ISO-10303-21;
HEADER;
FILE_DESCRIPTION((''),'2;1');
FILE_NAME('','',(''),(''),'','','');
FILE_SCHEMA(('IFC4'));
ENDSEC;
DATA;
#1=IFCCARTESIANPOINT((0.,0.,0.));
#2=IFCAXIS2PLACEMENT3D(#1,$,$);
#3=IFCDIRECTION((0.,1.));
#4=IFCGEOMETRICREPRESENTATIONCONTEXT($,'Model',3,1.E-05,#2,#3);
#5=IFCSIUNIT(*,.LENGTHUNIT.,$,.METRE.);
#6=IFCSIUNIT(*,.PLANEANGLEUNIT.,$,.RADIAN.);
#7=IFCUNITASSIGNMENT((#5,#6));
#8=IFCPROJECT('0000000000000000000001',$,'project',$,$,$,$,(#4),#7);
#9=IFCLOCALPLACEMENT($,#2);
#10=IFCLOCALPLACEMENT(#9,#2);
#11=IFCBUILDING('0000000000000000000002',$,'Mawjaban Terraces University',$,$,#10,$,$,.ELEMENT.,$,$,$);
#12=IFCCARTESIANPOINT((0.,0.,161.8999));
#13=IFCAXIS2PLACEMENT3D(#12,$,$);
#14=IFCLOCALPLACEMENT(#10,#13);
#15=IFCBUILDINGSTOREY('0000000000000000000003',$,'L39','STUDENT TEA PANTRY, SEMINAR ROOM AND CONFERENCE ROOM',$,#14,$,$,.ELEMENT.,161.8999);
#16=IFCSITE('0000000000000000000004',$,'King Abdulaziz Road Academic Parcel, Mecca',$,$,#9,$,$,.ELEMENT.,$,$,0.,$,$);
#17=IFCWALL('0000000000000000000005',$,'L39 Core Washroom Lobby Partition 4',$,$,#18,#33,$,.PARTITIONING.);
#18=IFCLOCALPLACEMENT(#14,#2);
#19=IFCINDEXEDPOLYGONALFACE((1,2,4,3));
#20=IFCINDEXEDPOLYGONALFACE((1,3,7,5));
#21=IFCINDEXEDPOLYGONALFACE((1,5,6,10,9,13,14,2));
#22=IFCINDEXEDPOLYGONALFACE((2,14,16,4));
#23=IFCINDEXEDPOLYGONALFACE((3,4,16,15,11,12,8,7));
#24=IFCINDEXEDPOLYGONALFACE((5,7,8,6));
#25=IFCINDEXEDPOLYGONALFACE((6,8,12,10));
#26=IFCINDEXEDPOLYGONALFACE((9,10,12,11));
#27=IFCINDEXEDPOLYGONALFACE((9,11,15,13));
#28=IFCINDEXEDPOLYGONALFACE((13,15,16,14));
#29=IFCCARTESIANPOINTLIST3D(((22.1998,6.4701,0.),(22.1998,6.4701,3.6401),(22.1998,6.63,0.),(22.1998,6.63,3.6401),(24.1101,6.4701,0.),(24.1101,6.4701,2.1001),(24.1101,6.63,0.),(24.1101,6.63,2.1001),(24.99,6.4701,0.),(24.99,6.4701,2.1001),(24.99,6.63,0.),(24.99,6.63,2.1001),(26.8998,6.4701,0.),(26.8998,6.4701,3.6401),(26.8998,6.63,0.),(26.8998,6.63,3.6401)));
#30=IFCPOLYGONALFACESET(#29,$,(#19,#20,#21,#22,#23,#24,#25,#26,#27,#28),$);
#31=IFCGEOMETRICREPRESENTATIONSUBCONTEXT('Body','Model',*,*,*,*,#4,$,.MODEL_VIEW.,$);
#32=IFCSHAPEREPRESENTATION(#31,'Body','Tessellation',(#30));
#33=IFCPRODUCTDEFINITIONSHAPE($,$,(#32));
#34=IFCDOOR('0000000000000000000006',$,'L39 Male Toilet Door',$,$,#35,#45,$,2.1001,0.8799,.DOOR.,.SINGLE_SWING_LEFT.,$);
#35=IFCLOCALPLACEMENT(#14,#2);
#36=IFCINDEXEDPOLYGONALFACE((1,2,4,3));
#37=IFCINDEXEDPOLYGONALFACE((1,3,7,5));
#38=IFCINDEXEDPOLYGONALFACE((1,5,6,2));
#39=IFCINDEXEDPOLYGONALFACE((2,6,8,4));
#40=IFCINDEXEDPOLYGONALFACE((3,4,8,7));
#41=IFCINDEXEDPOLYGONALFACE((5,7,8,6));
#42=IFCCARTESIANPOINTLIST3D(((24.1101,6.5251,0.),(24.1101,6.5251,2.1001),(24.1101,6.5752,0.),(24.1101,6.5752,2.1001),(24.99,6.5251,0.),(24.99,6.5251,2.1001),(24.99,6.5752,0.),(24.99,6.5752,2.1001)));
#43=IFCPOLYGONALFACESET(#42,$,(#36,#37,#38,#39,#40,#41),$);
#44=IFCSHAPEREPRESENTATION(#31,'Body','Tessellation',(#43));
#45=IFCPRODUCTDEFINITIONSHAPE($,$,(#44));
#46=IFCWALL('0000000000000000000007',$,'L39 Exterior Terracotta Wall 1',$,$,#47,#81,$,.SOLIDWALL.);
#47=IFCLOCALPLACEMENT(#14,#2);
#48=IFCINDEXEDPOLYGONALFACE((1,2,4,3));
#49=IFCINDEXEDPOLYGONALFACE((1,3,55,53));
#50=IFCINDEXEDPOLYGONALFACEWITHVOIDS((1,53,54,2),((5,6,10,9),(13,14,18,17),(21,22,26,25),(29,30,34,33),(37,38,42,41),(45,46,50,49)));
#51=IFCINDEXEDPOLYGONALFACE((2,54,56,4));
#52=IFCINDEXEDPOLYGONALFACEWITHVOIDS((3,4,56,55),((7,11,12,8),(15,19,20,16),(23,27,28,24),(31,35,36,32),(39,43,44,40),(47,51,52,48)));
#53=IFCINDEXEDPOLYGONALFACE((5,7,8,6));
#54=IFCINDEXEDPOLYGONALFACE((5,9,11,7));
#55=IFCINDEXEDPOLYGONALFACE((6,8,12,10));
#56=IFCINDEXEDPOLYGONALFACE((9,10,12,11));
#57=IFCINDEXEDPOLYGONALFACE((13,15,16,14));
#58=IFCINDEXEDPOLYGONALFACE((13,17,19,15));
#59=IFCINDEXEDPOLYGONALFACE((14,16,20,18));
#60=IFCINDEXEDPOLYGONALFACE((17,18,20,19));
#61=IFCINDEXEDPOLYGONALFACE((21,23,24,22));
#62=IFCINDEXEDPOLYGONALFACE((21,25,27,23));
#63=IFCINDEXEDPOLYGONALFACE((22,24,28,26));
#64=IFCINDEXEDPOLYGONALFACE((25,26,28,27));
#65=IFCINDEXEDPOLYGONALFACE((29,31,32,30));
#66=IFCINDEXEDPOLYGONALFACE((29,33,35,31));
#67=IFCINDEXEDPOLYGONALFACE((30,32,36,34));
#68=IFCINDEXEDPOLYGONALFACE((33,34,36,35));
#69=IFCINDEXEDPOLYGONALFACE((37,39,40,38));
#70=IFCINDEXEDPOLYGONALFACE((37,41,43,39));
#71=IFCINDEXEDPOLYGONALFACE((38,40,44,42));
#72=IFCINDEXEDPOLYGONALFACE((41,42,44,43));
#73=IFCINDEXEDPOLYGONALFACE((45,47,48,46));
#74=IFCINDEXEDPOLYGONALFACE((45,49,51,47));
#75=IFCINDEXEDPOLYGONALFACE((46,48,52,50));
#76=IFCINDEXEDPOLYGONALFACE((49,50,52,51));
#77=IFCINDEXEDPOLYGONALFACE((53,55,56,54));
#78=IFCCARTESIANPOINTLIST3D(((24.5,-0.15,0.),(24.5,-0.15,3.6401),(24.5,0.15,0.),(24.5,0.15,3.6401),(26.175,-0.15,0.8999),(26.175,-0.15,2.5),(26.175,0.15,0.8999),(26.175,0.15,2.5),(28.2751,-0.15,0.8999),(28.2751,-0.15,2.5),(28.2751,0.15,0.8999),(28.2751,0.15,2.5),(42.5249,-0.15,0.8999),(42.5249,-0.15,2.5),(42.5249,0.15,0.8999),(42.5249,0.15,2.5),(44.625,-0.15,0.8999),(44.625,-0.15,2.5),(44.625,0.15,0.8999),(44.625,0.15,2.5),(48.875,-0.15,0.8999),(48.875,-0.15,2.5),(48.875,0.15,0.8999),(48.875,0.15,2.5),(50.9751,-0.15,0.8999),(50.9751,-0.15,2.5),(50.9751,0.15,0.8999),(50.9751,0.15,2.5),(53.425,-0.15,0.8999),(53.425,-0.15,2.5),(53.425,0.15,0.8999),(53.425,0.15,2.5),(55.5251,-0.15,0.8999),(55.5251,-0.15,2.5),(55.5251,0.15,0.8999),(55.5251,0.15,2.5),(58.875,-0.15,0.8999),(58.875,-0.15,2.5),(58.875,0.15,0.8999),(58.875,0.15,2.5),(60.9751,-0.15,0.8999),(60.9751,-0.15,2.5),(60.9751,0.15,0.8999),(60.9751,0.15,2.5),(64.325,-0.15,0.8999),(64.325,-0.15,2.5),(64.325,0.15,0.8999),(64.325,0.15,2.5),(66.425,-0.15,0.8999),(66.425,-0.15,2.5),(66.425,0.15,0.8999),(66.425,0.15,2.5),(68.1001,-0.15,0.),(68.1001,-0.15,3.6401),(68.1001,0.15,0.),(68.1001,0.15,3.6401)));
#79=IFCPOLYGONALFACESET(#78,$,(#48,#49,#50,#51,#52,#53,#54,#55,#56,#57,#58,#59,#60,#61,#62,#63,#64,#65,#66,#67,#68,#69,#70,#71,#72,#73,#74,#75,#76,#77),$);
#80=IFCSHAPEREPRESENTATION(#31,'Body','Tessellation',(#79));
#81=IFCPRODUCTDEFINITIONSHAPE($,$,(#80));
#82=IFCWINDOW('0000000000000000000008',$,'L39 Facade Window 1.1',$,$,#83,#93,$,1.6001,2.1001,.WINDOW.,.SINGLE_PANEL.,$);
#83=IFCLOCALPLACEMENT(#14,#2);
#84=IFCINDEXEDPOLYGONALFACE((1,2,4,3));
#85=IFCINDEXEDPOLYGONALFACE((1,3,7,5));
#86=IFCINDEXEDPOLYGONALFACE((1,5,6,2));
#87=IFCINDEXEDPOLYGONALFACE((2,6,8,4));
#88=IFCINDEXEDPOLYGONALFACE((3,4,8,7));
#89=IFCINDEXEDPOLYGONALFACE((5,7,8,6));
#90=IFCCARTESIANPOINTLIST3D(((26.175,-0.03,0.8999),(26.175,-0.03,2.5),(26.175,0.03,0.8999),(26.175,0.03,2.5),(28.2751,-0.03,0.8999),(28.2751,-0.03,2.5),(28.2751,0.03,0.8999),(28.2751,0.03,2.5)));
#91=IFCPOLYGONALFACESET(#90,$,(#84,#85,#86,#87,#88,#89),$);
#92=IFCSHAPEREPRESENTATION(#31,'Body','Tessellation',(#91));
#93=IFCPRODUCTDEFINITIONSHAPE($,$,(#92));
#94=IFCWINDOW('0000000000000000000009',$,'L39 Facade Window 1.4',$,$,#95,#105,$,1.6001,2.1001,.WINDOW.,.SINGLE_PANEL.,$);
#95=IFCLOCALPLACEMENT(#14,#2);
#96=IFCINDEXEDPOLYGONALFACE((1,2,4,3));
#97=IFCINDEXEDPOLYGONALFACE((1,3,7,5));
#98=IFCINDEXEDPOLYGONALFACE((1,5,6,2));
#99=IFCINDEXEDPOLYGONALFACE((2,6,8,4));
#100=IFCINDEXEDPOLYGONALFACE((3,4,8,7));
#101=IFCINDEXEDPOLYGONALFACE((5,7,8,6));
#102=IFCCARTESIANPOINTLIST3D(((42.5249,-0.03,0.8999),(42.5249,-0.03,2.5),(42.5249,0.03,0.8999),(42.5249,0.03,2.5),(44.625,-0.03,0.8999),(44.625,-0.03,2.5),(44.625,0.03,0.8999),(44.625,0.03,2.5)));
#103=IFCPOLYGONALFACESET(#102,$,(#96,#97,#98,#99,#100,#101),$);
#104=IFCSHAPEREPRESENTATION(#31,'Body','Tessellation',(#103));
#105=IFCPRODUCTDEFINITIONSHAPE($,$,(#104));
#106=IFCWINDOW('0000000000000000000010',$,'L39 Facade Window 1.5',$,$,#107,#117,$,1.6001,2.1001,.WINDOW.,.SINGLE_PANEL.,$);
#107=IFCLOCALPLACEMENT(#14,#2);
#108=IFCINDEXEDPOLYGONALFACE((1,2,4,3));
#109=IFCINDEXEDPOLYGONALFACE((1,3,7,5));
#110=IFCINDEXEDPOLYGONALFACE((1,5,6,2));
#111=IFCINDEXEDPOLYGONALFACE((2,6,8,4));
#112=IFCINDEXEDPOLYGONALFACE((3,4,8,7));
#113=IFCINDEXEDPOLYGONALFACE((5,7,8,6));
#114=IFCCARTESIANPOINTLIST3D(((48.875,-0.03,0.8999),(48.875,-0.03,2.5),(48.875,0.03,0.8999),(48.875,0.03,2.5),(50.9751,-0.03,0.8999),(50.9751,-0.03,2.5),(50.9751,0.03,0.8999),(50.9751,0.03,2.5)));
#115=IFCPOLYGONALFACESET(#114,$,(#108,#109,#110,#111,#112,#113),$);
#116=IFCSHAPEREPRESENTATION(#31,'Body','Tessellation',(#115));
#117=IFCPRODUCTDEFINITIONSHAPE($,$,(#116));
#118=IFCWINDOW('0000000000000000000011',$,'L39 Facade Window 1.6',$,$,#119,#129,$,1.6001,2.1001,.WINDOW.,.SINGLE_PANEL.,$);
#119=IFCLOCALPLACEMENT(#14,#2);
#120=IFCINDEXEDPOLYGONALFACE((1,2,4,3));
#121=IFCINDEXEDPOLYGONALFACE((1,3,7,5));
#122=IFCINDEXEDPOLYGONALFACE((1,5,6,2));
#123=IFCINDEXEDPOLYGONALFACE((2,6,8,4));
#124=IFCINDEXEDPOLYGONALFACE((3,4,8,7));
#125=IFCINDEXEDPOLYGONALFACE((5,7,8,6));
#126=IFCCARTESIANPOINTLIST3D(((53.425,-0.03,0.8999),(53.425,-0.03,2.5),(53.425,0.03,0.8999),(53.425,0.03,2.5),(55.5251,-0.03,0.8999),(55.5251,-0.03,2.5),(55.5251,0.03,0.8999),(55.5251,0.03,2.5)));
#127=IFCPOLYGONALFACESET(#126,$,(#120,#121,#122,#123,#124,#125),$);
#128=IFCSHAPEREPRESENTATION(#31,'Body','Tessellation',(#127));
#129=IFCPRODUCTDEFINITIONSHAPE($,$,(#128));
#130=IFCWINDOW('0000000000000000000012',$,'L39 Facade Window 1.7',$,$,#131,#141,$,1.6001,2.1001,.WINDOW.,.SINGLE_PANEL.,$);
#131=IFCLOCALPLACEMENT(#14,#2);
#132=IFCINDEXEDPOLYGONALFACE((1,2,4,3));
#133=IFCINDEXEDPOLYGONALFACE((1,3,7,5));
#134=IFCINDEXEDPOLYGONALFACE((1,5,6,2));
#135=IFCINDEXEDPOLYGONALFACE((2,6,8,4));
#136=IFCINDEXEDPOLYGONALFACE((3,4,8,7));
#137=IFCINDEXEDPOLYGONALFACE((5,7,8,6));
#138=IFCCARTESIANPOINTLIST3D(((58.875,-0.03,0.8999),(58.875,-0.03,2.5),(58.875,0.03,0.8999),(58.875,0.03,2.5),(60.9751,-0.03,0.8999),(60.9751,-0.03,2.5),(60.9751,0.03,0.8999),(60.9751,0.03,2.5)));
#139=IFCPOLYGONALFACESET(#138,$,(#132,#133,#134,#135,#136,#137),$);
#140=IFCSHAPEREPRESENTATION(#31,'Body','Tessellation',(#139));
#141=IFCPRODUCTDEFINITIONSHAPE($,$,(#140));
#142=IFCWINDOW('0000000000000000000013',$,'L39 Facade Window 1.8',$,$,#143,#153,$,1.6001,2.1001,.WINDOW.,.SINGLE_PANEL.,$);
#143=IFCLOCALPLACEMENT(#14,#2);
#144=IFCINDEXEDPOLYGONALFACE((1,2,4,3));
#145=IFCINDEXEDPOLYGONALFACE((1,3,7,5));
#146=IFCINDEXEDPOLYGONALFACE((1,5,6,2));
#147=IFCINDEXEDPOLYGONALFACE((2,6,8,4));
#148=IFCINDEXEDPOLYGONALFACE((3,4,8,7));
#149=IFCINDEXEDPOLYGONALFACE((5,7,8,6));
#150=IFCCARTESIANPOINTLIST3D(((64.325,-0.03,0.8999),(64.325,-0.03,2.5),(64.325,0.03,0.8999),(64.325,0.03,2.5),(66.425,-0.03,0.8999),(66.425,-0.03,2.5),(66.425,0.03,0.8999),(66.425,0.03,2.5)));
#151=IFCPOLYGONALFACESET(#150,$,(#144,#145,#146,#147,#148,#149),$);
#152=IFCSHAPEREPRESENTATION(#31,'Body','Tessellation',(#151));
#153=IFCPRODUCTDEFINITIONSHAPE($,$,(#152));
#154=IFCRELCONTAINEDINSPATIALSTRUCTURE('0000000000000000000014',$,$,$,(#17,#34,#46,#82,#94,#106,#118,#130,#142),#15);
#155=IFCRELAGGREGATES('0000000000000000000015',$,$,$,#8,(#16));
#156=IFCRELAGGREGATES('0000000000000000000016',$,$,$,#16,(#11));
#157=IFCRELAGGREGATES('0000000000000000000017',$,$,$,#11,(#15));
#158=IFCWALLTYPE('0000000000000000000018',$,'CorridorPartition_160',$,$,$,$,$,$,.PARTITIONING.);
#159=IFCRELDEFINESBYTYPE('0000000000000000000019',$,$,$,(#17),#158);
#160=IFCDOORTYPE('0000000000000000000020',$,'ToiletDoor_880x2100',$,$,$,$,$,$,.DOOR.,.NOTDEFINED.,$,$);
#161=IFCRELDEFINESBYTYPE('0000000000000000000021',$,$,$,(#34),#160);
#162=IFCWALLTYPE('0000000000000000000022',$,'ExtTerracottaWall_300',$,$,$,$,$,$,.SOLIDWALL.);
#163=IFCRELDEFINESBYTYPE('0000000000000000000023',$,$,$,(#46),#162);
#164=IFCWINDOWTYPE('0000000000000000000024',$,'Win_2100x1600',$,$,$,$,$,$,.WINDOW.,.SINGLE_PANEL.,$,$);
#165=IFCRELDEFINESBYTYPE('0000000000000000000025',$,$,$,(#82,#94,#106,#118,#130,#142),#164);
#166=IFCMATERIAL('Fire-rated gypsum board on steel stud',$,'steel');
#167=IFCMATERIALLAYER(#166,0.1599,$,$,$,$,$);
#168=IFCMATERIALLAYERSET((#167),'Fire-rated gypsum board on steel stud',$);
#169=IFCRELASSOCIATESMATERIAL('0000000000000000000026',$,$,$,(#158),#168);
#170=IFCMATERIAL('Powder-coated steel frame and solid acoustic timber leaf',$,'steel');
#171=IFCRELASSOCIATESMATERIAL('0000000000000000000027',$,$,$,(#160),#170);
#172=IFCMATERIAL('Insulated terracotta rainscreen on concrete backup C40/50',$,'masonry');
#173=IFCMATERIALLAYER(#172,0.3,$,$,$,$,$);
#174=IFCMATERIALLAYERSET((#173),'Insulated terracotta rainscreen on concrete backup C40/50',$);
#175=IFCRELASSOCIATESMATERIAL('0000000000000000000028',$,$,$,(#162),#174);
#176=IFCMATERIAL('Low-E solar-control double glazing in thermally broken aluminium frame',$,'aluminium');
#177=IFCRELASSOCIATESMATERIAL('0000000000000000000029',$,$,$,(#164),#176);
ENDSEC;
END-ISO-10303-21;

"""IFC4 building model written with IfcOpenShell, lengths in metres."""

from ifc_helpers import new_model, si_unit, direction, frame, frame_2d, origin, place, context, subcontext, project, spatial, rectangle, extrude, material, layer, layer_set, type_object, element, fill, save


model = new_model("IFC4")

# Units and contexts
model_context = context("Model", 3, precision=1e-05, world=origin(), true_north=direction((0.0, 1.0)))
body_context = subcontext(model_context, "Body", "Model", "MODEL_VIEW")
ifc_project = project(units=[si_unit("LENGTHUNIT", "METRE"), si_unit("PLANEANGLEUNIT", "RADIAN")], contexts=[model_context])

# Site, building, storey
site_placement = place(None, origin())
site = spatial("IfcSite", under=ifc_project, at=site_placement, Name="King Abdulaziz Road Academic Parcel, Mecca", CompositionType="ELEMENT", RefElevation=0.0)
building_placement = place(site_placement, origin())
building = spatial("IfcBuilding", under=site, at=building_placement, Name="Mawjaban Terraces University", CompositionType="ELEMENT")
storey_placement = place(building_placement, frame((0.0, 0.0, 161.8999)))
storey = spatial("IfcBuildingStorey", under=building, at=storey_placement, Name="L39", Description="STUDENT TEA PANTRY, SEMINAR ROOM AND CONFERENCE ROOM", CompositionType="ELEMENT", Elevation=161.8999)

# Wall, opening, door
ifc_material_1 = material(Name="Fire-rated gypsum board on steel stud", Category="steel")
ifc_layer_1 = layer(ifc_material_1, 0.1599)
ifc_layer_set_1 = layer_set([ifc_layer_1], Name="Fire-rated gypsum board on steel stud")
wall_type_1 = type_object("IfcWallType", Name="CorridorPartition_160", PredefinedType="PARTITIONING", material=ifc_layer_set_1)
wall_1_placement = place(storey_placement, frame((26.8999, 6.55, 0.0), z_axis=(0.0, 0.0, 1.0), x_axis=(-1.0, 0.0, 0.0)))
wall_1 = element("IfcWall", 1, at=wall_1_placement, inside=storey, type_object=wall_type_1, Name="L39 Core Washroom Lobby Partition 4", PredefinedType="PARTITIONING", context=body_context, shape_type="SweptSolid", body=[
    extrude(rectangle(XDim=4.7, YDim=0.1599, at=frame_2d((2.3501, 0.0))), origin(), (0.0, 0.0, 1.0), 3.6401),
])
opening_1_placement = place(wall_1_placement, frame((1.9099, 0.0, 0.0)))
opening_1 = element("IfcOpeningElement", 2, at=opening_1_placement, cuts=wall_1, PredefinedType="OPENING", context=body_context, shape_type="SweptSolid", body=[
    extrude(rectangle(XDim=0.8799, YDim=2.1001, at=frame_2d((0.4399, 1.05))), frame((0.0, 0.0898, 0.0), z_axis=(0.0, -1.0, 0.0), x_axis=(1.0, 0.0, 0.0)), (0.0, 0.0, 1.0), 0.1799),
])
ifc_material_2 = material(Name="Powder-coated steel frame and solid acoustic timber leaf", Category="steel")
door_type = type_object("IfcDoorType", Name="ToiletDoor_880x2100", OperationType="NOTDEFINED", PredefinedType="DOOR", material=ifc_material_2)
door_placement = place(opening_1_placement, origin())
door = element("IfcDoor", 3, at=door_placement, inside=storey, type_object=door_type, Name="L39 Male Toilet Door", OperationType="SINGLE_SWING_LEFT", OverallHeight=2.1001, OverallWidth=0.8799, PredefinedType="DOOR", context=body_context, shape_type="SweptSolid", body=[
    extrude(rectangle(XDim=0.8799, YDim=2.1001, at=frame_2d((0.4399, 1.05))), frame((0.0, 0.0249, 0.0), z_axis=(0.0, -1.0, 0.0), x_axis=(1.0, 0.0, 0.0)), (0.0, 0.0, 1.0), 0.05),
])
fill(opening_1, door)

# Wall, openings, windows
ifc_material_3 = material(Name="Insulated terracotta rainscreen on concrete backup C40/50", Category="masonry")
ifc_layer_2 = layer(ifc_material_3, 0.3)
ifc_layer_set_2 = layer_set([ifc_layer_2], Name="Insulated terracotta rainscreen on concrete backup C40/50")
wall_type_2 = type_object("IfcWallType", Name="ExtTerracottaWall_300", PredefinedType="SOLIDWALL", material=ifc_layer_set_2)
wall_2_placement = place(storey_placement, frame((24.5, 0.0, 0.0), z_axis=(0.0, 0.0, 1.0), x_axis=(1.0, 0.0, 0.0)))
wall_2 = element("IfcWall", 4, at=wall_2_placement, inside=storey, type_object=wall_type_2, Name="L39 Exterior Terracotta Wall 1", PredefinedType="SOLIDWALL", context=body_context, shape_type="SweptSolid", body=[
    extrude(rectangle(XDim=43.6001, YDim=0.3, at=frame_2d((21.8, 0.0))), origin(), (0.0, 0.0, 1.0), 3.6401),
])
opening_2_placement = place(wall_2_placement, frame((1.675, 0.0, 0.8999)))
opening_2 = element("IfcOpeningElement", 5, at=opening_2_placement, cuts=wall_2, PredefinedType="OPENING", context=body_context, shape_type="SweptSolid", body=[
    extrude(rectangle(XDim=2.1001, YDim=1.6001, at=frame_2d((1.05, 0.8))), frame((0.0, 0.1599, 0.0), z_axis=(0.0, -1.0, 0.0), x_axis=(1.0, 0.0, 0.0)), (0.0, 0.0, 1.0), 0.3201),
])
opening_3_placement = place(wall_2_placement, frame((18.0249, 0.0, 0.8999)))
opening_3 = element("IfcOpeningElement", 6, at=opening_3_placement, cuts=wall_2, PredefinedType="OPENING", context=body_context, shape_type="SweptSolid", body=[
    extrude(rectangle(XDim=2.1001, YDim=1.6001, at=frame_2d((1.05, 0.8))), frame((0.0, 0.1599, 0.0), z_axis=(0.0, -1.0, 0.0), x_axis=(1.0, 0.0, 0.0)), (0.0, 0.0, 1.0), 0.3201),
])
opening_4_placement = place(wall_2_placement, frame((24.375, 0.0, 0.8999)))
opening_4 = element("IfcOpeningElement", 7, at=opening_4_placement, cuts=wall_2, PredefinedType="OPENING", context=body_context, shape_type="SweptSolid", body=[
    extrude(rectangle(XDim=2.1001, YDim=1.6001, at=frame_2d((1.05, 0.8))), frame((0.0, 0.1599, 0.0), z_axis=(0.0, -1.0, 0.0), x_axis=(1.0, 0.0, 0.0)), (0.0, 0.0, 1.0), 0.3201),
])
opening_5_placement = place(wall_2_placement, frame((28.925, 0.0, 0.8999)))
opening_5 = element("IfcOpeningElement", 8, at=opening_5_placement, cuts=wall_2, PredefinedType="OPENING", context=body_context, shape_type="SweptSolid", body=[
    extrude(rectangle(XDim=2.1001, YDim=1.6001, at=frame_2d((1.05, 0.8))), frame((0.0, 0.1599, 0.0), z_axis=(0.0, -1.0, 0.0), x_axis=(1.0, 0.0, 0.0)), (0.0, 0.0, 1.0), 0.3201),
])
opening_6_placement = place(wall_2_placement, frame((34.375, 0.0, 0.8999)))
opening_6 = element("IfcOpeningElement", 9, at=opening_6_placement, cuts=wall_2, PredefinedType="OPENING", context=body_context, shape_type="SweptSolid", body=[
    extrude(rectangle(XDim=2.1001, YDim=1.6001, at=frame_2d((1.05, 0.8))), frame((0.0, 0.1599, 0.0), z_axis=(0.0, -1.0, 0.0), x_axis=(1.0, 0.0, 0.0)), (0.0, 0.0, 1.0), 0.3201),
])
opening_7_placement = place(wall_2_placement, frame((39.825, 0.0, 0.8999)))
opening_7 = element("IfcOpeningElement", 10, at=opening_7_placement, cuts=wall_2, PredefinedType="OPENING", context=body_context, shape_type="SweptSolid", body=[
    extrude(rectangle(XDim=2.1001, YDim=1.6001, at=frame_2d((1.05, 0.8))), frame((0.0, 0.1599, 0.0), z_axis=(0.0, -1.0, 0.0), x_axis=(1.0, 0.0, 0.0)), (0.0, 0.0, 1.0), 0.3201),
])
ifc_material_4 = material(Name="Low-E solar-control double glazing in thermally broken aluminium frame", Category="aluminium")
window_type = type_object("IfcWindowType", Name="Win_2100x1600", PartitioningType="SINGLE_PANEL", PredefinedType="WINDOW", material=ifc_material_4)
window_1_placement = place(opening_2_placement, origin())
window_1 = element("IfcWindow", 11, at=window_1_placement, inside=storey, type_object=window_type, Name="L39 Facade Window 1.1", OverallHeight=1.6001, OverallWidth=2.1001, PartitioningType="SINGLE_PANEL", PredefinedType="WINDOW", context=body_context, shape_type="SweptSolid", body=[
    extrude(rectangle(XDim=2.1001, YDim=1.6001, at=frame_2d((1.05, 0.8))), frame((0.0, 0.03, 0.0), z_axis=(0.0, -1.0, 0.0), x_axis=(1.0, 0.0, 0.0)), (0.0, 0.0, 1.0), 0.0601),
])
fill(opening_2, window_1)
window_2_placement = place(opening_3_placement, origin())
window_2 = element("IfcWindow", 12, at=window_2_placement, inside=storey, type_object=window_type, Name="L39 Facade Window 1.4", OverallHeight=1.6001, OverallWidth=2.1001, PartitioningType="SINGLE_PANEL", PredefinedType="WINDOW", context=body_context, shape_type="SweptSolid", body=[
    extrude(rectangle(XDim=2.1001, YDim=1.6001, at=frame_2d((1.05, 0.8))), frame((0.0, 0.03, 0.0), z_axis=(0.0, -1.0, 0.0), x_axis=(1.0, 0.0, 0.0)), (0.0, 0.0, 1.0), 0.0601),
])
fill(opening_3, window_2)
window_3_placement = place(opening_4_placement, origin())
window_3 = element("IfcWindow", 13, at=window_3_placement, inside=storey, type_object=window_type, Name="L39 Facade Window 1.5", OverallHeight=1.6001, OverallWidth=2.1001, PartitioningType="SINGLE_PANEL", PredefinedType="WINDOW", context=body_context, shape_type="SweptSolid", body=[
    extrude(rectangle(XDim=2.1001, YDim=1.6001, at=frame_2d((1.05, 0.8))), frame((0.0, 0.03, 0.0), z_axis=(0.0, -1.0, 0.0), x_axis=(1.0, 0.0, 0.0)), (0.0, 0.0, 1.0), 0.0601),
])
fill(opening_4, window_3)
window_4_placement = place(opening_5_placement, origin())
window_4 = element("IfcWindow", 14, at=window_4_placement, inside=storey, type_object=window_type, Name="L39 Facade Window 1.6", OverallHeight=1.6001, OverallWidth=2.1001, PartitioningType="SINGLE_PANEL", PredefinedType="WINDOW", context=body_context, shape_type="SweptSolid", body=[
    extrude(rectangle(XDim=2.1001, YDim=1.6001, at=frame_2d((1.05, 0.8))), frame((0.0, 0.03, 0.0), z_axis=(0.0, -1.0, 0.0), x_axis=(1.0, 0.0, 0.0)), (0.0, 0.0, 1.0), 0.0601),
])
fill(opening_5, window_4)
window_5_placement = place(opening_6_placement, origin())
window_5 = element("IfcWindow", 15, at=window_5_placement, inside=storey, type_object=window_type, Name="L39 Facade Window 1.7", OverallHeight=1.6001, OverallWidth=2.1001, PartitioningType="SINGLE_PANEL", PredefinedType="WINDOW", context=body_context, shape_type="SweptSolid", body=[
    extrude(rectangle(XDim=2.1001, YDim=1.6001, at=frame_2d((1.05, 0.8))), frame((0.0, 0.03, 0.0), z_axis=(0.0, -1.0, 0.0), x_axis=(1.0, 0.0, 0.0)), (0.0, 0.0, 1.0), 0.0601),
])
fill(opening_6, window_5)
window_6_placement = place(opening_7_placement, origin())
window_6 = element("IfcWindow", 16, at=window_6_placement, inside=storey, type_object=window_type, Name="L39 Facade Window 1.8", OverallHeight=1.6001, OverallWidth=2.1001, PartitioningType="SINGLE_PANEL", PredefinedType="WINDOW", context=body_context, shape_type="SweptSolid", body=[
    extrude(rectangle(XDim=2.1001, YDim=1.6001, at=frame_2d((1.05, 0.8))), frame((0.0, 0.03, 0.0), z_axis=(0.0, -1.0, 0.0), x_axis=(1.0, 0.0, 0.0)), (0.0, 0.0, 1.0), 0.0601),
])
fill(opening_7, window_6)

save(model, "model.ifc")
